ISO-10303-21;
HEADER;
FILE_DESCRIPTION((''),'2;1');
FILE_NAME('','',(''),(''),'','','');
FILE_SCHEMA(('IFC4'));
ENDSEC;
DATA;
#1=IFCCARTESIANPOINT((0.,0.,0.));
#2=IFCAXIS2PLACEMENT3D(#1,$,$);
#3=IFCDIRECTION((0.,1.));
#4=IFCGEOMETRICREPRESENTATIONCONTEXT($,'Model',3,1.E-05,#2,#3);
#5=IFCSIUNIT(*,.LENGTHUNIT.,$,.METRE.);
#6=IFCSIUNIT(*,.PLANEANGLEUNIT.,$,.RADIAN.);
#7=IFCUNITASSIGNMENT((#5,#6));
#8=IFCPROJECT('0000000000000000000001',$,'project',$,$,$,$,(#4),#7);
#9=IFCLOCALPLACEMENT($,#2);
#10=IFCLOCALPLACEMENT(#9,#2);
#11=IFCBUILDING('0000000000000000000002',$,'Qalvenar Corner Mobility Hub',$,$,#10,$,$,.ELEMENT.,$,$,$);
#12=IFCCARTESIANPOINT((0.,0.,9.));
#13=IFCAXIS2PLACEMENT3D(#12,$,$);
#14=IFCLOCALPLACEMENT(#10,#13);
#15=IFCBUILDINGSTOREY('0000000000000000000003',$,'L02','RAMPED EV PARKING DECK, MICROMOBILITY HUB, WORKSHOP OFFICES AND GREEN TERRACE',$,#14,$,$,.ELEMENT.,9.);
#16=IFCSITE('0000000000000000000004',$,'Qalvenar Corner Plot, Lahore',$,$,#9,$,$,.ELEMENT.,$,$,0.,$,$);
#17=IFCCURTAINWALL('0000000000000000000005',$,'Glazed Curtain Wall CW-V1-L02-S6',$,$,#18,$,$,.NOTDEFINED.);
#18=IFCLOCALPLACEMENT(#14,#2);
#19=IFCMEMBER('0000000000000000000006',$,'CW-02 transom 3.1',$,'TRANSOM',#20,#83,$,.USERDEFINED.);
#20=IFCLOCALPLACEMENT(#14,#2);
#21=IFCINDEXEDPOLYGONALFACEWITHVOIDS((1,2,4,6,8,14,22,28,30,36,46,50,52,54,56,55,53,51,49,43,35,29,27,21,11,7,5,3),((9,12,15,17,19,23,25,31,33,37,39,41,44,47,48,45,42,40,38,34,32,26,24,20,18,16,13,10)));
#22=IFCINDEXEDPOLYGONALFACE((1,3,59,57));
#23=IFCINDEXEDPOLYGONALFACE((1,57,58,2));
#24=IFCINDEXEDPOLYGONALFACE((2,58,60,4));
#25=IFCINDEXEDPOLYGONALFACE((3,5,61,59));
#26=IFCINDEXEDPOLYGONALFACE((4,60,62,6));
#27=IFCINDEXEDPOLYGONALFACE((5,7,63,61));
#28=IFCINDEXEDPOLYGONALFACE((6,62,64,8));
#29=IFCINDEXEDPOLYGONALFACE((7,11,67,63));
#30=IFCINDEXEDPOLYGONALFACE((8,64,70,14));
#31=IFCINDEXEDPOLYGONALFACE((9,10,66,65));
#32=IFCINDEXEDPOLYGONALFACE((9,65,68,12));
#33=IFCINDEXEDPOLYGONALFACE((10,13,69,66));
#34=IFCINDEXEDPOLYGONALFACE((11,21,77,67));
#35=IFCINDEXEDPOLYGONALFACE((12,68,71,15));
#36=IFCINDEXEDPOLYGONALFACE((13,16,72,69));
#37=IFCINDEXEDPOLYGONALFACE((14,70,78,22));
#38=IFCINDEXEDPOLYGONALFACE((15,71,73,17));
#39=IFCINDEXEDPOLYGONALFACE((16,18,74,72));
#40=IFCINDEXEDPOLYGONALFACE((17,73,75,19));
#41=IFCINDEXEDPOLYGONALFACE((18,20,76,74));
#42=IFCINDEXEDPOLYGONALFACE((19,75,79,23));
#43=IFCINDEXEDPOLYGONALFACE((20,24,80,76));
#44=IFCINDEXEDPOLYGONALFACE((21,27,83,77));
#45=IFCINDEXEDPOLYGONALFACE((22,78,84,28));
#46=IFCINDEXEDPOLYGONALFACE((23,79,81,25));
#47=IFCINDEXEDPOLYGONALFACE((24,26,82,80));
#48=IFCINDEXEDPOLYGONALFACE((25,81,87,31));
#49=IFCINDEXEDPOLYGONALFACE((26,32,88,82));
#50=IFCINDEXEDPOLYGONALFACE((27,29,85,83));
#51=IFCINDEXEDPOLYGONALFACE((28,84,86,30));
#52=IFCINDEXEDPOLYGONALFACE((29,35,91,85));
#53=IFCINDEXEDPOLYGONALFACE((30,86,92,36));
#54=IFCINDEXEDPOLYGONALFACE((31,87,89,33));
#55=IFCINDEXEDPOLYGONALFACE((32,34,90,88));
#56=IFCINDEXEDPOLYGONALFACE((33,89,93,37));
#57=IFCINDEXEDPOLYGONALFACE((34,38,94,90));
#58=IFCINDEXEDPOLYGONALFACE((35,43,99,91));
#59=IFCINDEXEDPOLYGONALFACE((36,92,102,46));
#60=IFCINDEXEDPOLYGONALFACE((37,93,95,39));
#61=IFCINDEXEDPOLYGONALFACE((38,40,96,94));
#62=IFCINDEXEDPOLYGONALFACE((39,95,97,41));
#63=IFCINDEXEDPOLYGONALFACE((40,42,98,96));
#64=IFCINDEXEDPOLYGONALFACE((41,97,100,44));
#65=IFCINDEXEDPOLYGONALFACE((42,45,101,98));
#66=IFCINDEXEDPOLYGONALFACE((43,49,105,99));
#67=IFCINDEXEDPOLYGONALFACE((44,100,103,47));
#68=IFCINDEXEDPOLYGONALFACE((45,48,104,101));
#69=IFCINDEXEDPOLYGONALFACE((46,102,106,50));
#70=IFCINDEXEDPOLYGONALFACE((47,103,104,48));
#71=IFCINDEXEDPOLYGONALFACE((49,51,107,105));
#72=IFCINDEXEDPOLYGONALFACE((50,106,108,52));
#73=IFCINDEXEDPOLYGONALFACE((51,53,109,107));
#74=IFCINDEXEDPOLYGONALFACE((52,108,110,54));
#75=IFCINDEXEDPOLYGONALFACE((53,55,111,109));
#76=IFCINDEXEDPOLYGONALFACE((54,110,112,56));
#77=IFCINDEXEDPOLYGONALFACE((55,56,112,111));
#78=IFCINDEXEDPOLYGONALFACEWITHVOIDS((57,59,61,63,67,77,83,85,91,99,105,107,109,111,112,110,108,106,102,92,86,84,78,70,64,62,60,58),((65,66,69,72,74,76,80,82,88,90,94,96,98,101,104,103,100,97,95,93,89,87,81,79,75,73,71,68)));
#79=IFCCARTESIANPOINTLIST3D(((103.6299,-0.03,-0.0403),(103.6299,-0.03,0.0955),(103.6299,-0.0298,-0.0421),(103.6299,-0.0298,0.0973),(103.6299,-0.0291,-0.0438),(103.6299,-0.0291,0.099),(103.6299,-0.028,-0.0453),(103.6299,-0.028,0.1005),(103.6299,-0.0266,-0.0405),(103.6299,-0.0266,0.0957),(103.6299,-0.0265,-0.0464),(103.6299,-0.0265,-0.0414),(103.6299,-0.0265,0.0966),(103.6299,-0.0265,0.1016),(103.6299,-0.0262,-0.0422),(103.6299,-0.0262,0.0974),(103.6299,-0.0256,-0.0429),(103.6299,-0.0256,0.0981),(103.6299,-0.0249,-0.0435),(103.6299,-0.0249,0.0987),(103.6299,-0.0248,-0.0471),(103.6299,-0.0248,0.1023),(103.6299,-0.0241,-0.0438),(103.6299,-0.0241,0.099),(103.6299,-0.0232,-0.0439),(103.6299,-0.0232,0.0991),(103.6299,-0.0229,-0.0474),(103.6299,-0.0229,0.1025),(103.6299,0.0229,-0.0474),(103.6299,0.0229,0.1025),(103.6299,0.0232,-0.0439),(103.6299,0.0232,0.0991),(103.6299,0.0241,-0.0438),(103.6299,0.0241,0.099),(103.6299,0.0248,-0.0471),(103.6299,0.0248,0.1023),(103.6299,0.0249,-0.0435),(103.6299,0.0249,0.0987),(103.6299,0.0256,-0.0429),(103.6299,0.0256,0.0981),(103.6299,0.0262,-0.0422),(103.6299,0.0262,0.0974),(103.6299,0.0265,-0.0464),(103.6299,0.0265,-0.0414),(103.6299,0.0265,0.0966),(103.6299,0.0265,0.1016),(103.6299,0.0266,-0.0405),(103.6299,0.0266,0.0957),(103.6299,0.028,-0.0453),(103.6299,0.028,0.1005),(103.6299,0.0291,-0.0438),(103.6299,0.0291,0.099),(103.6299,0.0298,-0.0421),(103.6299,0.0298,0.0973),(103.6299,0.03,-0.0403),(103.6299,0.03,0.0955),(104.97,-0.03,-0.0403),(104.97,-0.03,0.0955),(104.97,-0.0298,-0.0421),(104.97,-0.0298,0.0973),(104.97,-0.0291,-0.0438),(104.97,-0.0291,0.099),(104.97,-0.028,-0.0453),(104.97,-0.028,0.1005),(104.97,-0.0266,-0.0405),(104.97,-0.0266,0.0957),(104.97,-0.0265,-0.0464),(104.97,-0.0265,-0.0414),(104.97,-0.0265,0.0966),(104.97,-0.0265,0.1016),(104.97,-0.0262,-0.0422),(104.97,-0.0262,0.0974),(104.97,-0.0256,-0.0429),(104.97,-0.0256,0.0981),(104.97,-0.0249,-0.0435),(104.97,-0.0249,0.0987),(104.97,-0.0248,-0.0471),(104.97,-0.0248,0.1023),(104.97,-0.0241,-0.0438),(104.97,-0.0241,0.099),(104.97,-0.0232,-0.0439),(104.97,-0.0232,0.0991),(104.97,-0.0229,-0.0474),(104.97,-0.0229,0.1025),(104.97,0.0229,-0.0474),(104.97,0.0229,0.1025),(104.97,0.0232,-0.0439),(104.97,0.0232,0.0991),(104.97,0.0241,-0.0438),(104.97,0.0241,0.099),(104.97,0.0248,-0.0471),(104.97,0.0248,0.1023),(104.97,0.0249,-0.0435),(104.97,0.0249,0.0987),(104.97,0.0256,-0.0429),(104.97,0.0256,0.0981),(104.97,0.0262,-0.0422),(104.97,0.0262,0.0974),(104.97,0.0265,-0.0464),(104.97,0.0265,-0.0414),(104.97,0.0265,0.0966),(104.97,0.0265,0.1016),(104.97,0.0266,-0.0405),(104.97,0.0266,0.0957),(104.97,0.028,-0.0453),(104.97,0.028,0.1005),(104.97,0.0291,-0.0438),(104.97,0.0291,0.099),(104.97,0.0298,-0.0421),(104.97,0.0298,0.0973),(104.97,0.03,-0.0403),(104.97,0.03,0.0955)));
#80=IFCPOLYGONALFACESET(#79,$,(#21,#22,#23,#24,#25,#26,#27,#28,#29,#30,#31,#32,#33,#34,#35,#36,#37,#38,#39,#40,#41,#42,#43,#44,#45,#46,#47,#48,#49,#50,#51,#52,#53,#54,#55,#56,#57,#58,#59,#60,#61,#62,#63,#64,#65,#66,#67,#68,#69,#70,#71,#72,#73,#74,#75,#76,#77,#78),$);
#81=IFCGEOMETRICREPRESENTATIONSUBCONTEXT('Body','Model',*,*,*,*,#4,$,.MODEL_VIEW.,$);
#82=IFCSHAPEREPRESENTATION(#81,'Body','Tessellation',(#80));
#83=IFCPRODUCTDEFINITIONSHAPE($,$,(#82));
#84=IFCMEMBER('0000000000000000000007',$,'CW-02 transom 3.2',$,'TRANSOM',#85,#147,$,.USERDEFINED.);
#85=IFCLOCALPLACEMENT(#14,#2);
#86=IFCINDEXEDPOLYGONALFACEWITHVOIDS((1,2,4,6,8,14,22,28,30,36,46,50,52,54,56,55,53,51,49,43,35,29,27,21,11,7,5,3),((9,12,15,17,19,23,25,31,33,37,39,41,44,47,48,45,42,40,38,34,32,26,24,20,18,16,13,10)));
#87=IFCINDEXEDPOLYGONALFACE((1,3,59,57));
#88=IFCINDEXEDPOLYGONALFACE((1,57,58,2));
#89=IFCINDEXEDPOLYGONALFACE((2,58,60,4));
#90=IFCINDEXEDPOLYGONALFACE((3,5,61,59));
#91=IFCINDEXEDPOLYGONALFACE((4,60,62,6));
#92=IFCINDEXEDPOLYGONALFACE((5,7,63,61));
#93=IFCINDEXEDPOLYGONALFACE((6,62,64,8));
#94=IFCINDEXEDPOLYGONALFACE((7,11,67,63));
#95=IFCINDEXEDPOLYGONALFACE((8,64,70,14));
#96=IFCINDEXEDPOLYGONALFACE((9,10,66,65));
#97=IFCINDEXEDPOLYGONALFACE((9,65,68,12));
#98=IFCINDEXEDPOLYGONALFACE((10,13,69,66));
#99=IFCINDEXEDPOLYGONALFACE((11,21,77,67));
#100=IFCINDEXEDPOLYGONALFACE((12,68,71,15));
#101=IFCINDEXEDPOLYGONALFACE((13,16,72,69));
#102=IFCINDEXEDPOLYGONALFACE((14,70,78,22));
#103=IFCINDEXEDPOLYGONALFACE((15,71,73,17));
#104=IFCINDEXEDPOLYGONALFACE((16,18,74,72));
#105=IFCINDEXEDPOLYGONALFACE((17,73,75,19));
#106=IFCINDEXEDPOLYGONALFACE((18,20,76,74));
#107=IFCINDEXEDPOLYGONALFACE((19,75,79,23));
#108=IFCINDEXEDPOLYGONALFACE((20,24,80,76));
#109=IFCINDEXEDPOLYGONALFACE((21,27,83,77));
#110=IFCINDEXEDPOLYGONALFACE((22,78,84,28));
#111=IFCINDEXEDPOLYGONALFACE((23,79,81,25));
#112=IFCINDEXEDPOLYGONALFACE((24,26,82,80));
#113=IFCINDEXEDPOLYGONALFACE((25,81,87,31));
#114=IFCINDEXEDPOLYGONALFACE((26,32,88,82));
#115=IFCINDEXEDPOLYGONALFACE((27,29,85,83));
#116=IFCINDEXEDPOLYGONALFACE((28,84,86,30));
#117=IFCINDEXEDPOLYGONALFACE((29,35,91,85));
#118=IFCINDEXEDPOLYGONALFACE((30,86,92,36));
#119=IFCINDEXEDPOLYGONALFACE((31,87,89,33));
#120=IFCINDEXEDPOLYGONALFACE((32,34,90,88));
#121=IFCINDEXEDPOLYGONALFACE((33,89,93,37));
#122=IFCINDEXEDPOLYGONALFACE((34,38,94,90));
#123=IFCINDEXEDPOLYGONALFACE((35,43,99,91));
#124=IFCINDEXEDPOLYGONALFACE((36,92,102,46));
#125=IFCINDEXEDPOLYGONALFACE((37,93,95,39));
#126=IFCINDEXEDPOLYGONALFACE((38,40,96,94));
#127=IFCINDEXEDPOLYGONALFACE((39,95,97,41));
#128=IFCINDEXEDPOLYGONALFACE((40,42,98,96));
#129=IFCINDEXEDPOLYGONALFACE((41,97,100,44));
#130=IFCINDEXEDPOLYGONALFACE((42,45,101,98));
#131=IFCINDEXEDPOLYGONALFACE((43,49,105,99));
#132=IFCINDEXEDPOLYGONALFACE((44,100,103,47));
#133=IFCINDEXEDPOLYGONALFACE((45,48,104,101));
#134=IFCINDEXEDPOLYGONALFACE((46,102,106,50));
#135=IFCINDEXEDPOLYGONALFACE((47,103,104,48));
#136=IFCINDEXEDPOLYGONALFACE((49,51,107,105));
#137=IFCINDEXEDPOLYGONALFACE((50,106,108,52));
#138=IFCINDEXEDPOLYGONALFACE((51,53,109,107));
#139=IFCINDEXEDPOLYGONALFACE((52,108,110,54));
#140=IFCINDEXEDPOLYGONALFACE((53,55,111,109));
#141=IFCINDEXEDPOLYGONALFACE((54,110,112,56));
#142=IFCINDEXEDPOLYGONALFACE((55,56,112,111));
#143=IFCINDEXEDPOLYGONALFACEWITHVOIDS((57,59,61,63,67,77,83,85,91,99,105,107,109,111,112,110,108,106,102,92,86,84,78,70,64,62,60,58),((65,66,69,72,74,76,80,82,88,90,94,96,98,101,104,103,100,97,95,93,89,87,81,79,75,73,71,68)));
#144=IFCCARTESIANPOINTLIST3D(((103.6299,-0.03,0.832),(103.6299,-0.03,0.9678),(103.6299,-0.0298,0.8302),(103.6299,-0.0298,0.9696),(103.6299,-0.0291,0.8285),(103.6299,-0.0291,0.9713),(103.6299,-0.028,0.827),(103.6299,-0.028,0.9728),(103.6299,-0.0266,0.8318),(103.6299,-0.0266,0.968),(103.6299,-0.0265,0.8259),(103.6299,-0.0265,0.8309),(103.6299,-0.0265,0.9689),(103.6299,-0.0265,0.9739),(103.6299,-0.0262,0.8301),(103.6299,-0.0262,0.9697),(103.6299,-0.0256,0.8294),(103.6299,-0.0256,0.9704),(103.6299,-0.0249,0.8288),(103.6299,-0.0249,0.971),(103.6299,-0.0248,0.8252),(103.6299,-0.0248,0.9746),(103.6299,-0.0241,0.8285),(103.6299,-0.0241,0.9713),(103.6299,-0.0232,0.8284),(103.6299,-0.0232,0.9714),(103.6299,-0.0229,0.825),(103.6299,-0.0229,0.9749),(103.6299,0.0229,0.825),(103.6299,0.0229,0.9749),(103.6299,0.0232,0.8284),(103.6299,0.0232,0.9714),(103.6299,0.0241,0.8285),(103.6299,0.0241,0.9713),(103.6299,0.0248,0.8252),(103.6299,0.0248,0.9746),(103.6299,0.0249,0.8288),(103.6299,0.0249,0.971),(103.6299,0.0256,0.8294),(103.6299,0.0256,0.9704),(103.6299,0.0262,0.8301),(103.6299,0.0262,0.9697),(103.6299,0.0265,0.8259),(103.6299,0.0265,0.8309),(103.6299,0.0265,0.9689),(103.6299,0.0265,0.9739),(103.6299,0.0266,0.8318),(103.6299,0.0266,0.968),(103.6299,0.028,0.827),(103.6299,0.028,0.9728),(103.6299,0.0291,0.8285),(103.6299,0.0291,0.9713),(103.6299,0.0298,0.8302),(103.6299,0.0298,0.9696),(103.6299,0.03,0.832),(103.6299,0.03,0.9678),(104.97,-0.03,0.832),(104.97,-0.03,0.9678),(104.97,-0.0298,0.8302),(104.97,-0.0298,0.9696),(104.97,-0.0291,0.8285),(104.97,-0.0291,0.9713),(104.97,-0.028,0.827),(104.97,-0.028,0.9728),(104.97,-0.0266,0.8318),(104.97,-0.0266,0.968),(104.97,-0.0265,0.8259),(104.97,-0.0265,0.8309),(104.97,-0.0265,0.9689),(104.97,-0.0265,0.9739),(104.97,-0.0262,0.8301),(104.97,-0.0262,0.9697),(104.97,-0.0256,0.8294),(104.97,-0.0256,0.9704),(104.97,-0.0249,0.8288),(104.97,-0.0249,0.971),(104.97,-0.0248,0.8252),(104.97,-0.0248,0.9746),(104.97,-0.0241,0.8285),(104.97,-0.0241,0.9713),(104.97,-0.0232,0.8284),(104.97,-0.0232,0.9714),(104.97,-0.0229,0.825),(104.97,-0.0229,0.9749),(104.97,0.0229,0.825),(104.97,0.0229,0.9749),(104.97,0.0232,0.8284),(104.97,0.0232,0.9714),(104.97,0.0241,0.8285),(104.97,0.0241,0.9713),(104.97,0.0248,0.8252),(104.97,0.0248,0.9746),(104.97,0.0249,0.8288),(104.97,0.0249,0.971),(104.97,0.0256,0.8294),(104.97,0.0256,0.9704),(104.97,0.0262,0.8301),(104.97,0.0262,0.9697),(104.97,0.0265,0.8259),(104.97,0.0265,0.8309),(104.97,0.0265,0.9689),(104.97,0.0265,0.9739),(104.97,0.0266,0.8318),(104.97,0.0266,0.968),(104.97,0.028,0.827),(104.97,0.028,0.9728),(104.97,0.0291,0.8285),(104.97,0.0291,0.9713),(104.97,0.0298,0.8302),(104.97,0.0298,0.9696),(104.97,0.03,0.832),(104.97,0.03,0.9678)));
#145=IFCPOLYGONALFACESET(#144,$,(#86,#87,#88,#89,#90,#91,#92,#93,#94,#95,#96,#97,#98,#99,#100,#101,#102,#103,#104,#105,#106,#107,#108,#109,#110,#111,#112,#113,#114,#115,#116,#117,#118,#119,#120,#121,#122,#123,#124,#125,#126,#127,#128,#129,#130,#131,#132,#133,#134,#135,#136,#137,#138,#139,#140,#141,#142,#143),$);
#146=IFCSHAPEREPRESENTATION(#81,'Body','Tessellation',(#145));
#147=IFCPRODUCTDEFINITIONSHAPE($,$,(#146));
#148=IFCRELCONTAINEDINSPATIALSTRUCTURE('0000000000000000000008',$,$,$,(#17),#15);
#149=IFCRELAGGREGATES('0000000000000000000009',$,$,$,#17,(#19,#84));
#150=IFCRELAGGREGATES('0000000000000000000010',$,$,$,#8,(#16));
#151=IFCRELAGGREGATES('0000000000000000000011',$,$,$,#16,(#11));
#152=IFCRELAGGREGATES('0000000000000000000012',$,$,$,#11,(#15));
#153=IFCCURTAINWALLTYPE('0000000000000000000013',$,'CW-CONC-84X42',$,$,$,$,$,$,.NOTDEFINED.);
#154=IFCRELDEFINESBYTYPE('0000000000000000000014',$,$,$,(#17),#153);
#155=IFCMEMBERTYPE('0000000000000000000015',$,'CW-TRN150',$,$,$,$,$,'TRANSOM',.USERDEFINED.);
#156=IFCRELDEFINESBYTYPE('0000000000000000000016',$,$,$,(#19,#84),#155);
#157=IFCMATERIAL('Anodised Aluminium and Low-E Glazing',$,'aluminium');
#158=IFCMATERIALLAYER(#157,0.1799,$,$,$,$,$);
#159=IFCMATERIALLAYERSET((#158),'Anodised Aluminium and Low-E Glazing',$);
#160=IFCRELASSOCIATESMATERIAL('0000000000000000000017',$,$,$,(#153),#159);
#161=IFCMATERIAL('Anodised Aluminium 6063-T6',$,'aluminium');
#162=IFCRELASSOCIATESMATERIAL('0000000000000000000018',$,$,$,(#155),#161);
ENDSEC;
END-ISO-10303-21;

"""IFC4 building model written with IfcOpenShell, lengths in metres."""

from ifc_helpers import new_model, si_unit, direction, frame, origin, origin_2d, place, context, subcontext, project, spatial, hollow_rectangle, extrude, material, layer, layer_set, material_profile, profile_set, type_object, element, aggregate, save


model = new_model("IFC4")

# Units and contexts
model_context = context("Model", 3, precision=1e-05, world=origin(), true_north=direction((0.0, 1.0)))
body_context = subcontext(model_context, "Body", "Model", "MODEL_VIEW")
ifc_project = project(units=[si_unit("LENGTHUNIT", "METRE"), si_unit("PLANEANGLEUNIT", "RADIAN")], contexts=[model_context])

# Site, building, storey
site_placement = place(None, origin())
site = spatial("IfcSite", under=ifc_project, at=site_placement, Name="Qalvenar Corner Plot, Lahore", CompositionType="ELEMENT", RefElevation=0.0)
building_placement = place(site_placement, origin())
building = spatial("IfcBuilding", under=site, at=building_placement, Name="Qalvenar Corner Mobility Hub", CompositionType="ELEMENT")
storey_placement = place(building_placement, frame((0.0, 0.0, 9.0)))
storey = spatial("IfcBuildingStorey", under=building, at=storey_placement, Name="L02", Description="RAMPED EV PARKING DECK, MICROMOBILITY HUB, WORKSHOP OFFICES AND GREEN TERRACE", CompositionType="ELEMENT", Elevation=9.0)

# Curtain wall, members
ifc_material_1 = material(Name="Anodised Aluminium and Low-E Glazing", Category="aluminium")
ifc_layer_1 = layer(ifc_material_1, 0.1799)
ifc_layer_set_1 = layer_set([ifc_layer_1], Name="Anodised Aluminium and Low-E Glazing")
curtain_wall_type = type_object("IfcCurtainWallType", Name="CW-CONC-84X42", PredefinedType="NOTDEFINED", material=ifc_layer_set_1)
curtain_wall_placement = place(storey_placement, origin())
curtain_wall = element("IfcCurtainWall", 1, at=curtain_wall_placement, inside=storey, type_object=curtain_wall_type, Name="Glazed Curtain Wall CW-V1-L02-S6", PredefinedType="NOTDEFINED")
ifc_material_2 = material(Name="Anodised Aluminium 6063-T6", Category="aluminium")
ifc_material_profile_1 = material_profile(ifc_material_2, hollow_rectangle(XDim=0.0601, YDim=0.1499, WallThickness=0.0034, InnerFilletRadius=0.0034, OuterFilletRadius=0.0071, at=origin_2d()), Name="RHS150x60x3.5")
ifc_profile_set_1 = profile_set([ifc_material_profile_1], Name="Anodised Aluminium 6063-T6")
member_type_1 = type_object("IfcMemberType", Name="CW-TRN150", ElementType="TRANSOM", PredefinedType="USERDEFINED", material=ifc_profile_set_1)
member_1_placement = place(storey_placement, frame((103.6299, 0.0, 0.0276), z_axis=(1.0, 0.0, 0.0), x_axis=(0.0, 1.0, 0.0)))
member_1 = element("IfcMember", 2, at=member_1_placement, type_object=member_type_1, Name="CW-02 transom 3.1", ObjectType="TRANSOM", PredefinedType="USERDEFINED", context=body_context, shape_type="SweptSolid", body=[
    extrude(hollow_rectangle(XDim=0.0601, YDim=0.1499, WallThickness=0.0034, InnerFilletRadius=0.0034, OuterFilletRadius=0.0071, at=origin_2d()), origin(), (0.0, 0.0, 1.0), 1.3401),
])
member_2_placement = place(storey_placement, frame((103.6299, 0.0, 0.8999), z_axis=(1.0, 0.0, 0.0), x_axis=(0.0, 1.0, 0.0)))
member_2 = element("IfcMember", 3, at=member_2_placement, type_object=member_type_1, Name="CW-02 transom 3.2", ObjectType="TRANSOM", PredefinedType="USERDEFINED", context=body_context, shape_type="SweptSolid", body=[
    extrude(hollow_rectangle(XDim=0.0601, YDim=0.1499, WallThickness=0.0034, InnerFilletRadius=0.0034, OuterFilletRadius=0.0071, at=origin_2d()), origin(), (0.0, 0.0, 1.0), 1.3401),
])
aggregate(curtain_wall, [member_1, member_2])

save(model, "model.ifc")
